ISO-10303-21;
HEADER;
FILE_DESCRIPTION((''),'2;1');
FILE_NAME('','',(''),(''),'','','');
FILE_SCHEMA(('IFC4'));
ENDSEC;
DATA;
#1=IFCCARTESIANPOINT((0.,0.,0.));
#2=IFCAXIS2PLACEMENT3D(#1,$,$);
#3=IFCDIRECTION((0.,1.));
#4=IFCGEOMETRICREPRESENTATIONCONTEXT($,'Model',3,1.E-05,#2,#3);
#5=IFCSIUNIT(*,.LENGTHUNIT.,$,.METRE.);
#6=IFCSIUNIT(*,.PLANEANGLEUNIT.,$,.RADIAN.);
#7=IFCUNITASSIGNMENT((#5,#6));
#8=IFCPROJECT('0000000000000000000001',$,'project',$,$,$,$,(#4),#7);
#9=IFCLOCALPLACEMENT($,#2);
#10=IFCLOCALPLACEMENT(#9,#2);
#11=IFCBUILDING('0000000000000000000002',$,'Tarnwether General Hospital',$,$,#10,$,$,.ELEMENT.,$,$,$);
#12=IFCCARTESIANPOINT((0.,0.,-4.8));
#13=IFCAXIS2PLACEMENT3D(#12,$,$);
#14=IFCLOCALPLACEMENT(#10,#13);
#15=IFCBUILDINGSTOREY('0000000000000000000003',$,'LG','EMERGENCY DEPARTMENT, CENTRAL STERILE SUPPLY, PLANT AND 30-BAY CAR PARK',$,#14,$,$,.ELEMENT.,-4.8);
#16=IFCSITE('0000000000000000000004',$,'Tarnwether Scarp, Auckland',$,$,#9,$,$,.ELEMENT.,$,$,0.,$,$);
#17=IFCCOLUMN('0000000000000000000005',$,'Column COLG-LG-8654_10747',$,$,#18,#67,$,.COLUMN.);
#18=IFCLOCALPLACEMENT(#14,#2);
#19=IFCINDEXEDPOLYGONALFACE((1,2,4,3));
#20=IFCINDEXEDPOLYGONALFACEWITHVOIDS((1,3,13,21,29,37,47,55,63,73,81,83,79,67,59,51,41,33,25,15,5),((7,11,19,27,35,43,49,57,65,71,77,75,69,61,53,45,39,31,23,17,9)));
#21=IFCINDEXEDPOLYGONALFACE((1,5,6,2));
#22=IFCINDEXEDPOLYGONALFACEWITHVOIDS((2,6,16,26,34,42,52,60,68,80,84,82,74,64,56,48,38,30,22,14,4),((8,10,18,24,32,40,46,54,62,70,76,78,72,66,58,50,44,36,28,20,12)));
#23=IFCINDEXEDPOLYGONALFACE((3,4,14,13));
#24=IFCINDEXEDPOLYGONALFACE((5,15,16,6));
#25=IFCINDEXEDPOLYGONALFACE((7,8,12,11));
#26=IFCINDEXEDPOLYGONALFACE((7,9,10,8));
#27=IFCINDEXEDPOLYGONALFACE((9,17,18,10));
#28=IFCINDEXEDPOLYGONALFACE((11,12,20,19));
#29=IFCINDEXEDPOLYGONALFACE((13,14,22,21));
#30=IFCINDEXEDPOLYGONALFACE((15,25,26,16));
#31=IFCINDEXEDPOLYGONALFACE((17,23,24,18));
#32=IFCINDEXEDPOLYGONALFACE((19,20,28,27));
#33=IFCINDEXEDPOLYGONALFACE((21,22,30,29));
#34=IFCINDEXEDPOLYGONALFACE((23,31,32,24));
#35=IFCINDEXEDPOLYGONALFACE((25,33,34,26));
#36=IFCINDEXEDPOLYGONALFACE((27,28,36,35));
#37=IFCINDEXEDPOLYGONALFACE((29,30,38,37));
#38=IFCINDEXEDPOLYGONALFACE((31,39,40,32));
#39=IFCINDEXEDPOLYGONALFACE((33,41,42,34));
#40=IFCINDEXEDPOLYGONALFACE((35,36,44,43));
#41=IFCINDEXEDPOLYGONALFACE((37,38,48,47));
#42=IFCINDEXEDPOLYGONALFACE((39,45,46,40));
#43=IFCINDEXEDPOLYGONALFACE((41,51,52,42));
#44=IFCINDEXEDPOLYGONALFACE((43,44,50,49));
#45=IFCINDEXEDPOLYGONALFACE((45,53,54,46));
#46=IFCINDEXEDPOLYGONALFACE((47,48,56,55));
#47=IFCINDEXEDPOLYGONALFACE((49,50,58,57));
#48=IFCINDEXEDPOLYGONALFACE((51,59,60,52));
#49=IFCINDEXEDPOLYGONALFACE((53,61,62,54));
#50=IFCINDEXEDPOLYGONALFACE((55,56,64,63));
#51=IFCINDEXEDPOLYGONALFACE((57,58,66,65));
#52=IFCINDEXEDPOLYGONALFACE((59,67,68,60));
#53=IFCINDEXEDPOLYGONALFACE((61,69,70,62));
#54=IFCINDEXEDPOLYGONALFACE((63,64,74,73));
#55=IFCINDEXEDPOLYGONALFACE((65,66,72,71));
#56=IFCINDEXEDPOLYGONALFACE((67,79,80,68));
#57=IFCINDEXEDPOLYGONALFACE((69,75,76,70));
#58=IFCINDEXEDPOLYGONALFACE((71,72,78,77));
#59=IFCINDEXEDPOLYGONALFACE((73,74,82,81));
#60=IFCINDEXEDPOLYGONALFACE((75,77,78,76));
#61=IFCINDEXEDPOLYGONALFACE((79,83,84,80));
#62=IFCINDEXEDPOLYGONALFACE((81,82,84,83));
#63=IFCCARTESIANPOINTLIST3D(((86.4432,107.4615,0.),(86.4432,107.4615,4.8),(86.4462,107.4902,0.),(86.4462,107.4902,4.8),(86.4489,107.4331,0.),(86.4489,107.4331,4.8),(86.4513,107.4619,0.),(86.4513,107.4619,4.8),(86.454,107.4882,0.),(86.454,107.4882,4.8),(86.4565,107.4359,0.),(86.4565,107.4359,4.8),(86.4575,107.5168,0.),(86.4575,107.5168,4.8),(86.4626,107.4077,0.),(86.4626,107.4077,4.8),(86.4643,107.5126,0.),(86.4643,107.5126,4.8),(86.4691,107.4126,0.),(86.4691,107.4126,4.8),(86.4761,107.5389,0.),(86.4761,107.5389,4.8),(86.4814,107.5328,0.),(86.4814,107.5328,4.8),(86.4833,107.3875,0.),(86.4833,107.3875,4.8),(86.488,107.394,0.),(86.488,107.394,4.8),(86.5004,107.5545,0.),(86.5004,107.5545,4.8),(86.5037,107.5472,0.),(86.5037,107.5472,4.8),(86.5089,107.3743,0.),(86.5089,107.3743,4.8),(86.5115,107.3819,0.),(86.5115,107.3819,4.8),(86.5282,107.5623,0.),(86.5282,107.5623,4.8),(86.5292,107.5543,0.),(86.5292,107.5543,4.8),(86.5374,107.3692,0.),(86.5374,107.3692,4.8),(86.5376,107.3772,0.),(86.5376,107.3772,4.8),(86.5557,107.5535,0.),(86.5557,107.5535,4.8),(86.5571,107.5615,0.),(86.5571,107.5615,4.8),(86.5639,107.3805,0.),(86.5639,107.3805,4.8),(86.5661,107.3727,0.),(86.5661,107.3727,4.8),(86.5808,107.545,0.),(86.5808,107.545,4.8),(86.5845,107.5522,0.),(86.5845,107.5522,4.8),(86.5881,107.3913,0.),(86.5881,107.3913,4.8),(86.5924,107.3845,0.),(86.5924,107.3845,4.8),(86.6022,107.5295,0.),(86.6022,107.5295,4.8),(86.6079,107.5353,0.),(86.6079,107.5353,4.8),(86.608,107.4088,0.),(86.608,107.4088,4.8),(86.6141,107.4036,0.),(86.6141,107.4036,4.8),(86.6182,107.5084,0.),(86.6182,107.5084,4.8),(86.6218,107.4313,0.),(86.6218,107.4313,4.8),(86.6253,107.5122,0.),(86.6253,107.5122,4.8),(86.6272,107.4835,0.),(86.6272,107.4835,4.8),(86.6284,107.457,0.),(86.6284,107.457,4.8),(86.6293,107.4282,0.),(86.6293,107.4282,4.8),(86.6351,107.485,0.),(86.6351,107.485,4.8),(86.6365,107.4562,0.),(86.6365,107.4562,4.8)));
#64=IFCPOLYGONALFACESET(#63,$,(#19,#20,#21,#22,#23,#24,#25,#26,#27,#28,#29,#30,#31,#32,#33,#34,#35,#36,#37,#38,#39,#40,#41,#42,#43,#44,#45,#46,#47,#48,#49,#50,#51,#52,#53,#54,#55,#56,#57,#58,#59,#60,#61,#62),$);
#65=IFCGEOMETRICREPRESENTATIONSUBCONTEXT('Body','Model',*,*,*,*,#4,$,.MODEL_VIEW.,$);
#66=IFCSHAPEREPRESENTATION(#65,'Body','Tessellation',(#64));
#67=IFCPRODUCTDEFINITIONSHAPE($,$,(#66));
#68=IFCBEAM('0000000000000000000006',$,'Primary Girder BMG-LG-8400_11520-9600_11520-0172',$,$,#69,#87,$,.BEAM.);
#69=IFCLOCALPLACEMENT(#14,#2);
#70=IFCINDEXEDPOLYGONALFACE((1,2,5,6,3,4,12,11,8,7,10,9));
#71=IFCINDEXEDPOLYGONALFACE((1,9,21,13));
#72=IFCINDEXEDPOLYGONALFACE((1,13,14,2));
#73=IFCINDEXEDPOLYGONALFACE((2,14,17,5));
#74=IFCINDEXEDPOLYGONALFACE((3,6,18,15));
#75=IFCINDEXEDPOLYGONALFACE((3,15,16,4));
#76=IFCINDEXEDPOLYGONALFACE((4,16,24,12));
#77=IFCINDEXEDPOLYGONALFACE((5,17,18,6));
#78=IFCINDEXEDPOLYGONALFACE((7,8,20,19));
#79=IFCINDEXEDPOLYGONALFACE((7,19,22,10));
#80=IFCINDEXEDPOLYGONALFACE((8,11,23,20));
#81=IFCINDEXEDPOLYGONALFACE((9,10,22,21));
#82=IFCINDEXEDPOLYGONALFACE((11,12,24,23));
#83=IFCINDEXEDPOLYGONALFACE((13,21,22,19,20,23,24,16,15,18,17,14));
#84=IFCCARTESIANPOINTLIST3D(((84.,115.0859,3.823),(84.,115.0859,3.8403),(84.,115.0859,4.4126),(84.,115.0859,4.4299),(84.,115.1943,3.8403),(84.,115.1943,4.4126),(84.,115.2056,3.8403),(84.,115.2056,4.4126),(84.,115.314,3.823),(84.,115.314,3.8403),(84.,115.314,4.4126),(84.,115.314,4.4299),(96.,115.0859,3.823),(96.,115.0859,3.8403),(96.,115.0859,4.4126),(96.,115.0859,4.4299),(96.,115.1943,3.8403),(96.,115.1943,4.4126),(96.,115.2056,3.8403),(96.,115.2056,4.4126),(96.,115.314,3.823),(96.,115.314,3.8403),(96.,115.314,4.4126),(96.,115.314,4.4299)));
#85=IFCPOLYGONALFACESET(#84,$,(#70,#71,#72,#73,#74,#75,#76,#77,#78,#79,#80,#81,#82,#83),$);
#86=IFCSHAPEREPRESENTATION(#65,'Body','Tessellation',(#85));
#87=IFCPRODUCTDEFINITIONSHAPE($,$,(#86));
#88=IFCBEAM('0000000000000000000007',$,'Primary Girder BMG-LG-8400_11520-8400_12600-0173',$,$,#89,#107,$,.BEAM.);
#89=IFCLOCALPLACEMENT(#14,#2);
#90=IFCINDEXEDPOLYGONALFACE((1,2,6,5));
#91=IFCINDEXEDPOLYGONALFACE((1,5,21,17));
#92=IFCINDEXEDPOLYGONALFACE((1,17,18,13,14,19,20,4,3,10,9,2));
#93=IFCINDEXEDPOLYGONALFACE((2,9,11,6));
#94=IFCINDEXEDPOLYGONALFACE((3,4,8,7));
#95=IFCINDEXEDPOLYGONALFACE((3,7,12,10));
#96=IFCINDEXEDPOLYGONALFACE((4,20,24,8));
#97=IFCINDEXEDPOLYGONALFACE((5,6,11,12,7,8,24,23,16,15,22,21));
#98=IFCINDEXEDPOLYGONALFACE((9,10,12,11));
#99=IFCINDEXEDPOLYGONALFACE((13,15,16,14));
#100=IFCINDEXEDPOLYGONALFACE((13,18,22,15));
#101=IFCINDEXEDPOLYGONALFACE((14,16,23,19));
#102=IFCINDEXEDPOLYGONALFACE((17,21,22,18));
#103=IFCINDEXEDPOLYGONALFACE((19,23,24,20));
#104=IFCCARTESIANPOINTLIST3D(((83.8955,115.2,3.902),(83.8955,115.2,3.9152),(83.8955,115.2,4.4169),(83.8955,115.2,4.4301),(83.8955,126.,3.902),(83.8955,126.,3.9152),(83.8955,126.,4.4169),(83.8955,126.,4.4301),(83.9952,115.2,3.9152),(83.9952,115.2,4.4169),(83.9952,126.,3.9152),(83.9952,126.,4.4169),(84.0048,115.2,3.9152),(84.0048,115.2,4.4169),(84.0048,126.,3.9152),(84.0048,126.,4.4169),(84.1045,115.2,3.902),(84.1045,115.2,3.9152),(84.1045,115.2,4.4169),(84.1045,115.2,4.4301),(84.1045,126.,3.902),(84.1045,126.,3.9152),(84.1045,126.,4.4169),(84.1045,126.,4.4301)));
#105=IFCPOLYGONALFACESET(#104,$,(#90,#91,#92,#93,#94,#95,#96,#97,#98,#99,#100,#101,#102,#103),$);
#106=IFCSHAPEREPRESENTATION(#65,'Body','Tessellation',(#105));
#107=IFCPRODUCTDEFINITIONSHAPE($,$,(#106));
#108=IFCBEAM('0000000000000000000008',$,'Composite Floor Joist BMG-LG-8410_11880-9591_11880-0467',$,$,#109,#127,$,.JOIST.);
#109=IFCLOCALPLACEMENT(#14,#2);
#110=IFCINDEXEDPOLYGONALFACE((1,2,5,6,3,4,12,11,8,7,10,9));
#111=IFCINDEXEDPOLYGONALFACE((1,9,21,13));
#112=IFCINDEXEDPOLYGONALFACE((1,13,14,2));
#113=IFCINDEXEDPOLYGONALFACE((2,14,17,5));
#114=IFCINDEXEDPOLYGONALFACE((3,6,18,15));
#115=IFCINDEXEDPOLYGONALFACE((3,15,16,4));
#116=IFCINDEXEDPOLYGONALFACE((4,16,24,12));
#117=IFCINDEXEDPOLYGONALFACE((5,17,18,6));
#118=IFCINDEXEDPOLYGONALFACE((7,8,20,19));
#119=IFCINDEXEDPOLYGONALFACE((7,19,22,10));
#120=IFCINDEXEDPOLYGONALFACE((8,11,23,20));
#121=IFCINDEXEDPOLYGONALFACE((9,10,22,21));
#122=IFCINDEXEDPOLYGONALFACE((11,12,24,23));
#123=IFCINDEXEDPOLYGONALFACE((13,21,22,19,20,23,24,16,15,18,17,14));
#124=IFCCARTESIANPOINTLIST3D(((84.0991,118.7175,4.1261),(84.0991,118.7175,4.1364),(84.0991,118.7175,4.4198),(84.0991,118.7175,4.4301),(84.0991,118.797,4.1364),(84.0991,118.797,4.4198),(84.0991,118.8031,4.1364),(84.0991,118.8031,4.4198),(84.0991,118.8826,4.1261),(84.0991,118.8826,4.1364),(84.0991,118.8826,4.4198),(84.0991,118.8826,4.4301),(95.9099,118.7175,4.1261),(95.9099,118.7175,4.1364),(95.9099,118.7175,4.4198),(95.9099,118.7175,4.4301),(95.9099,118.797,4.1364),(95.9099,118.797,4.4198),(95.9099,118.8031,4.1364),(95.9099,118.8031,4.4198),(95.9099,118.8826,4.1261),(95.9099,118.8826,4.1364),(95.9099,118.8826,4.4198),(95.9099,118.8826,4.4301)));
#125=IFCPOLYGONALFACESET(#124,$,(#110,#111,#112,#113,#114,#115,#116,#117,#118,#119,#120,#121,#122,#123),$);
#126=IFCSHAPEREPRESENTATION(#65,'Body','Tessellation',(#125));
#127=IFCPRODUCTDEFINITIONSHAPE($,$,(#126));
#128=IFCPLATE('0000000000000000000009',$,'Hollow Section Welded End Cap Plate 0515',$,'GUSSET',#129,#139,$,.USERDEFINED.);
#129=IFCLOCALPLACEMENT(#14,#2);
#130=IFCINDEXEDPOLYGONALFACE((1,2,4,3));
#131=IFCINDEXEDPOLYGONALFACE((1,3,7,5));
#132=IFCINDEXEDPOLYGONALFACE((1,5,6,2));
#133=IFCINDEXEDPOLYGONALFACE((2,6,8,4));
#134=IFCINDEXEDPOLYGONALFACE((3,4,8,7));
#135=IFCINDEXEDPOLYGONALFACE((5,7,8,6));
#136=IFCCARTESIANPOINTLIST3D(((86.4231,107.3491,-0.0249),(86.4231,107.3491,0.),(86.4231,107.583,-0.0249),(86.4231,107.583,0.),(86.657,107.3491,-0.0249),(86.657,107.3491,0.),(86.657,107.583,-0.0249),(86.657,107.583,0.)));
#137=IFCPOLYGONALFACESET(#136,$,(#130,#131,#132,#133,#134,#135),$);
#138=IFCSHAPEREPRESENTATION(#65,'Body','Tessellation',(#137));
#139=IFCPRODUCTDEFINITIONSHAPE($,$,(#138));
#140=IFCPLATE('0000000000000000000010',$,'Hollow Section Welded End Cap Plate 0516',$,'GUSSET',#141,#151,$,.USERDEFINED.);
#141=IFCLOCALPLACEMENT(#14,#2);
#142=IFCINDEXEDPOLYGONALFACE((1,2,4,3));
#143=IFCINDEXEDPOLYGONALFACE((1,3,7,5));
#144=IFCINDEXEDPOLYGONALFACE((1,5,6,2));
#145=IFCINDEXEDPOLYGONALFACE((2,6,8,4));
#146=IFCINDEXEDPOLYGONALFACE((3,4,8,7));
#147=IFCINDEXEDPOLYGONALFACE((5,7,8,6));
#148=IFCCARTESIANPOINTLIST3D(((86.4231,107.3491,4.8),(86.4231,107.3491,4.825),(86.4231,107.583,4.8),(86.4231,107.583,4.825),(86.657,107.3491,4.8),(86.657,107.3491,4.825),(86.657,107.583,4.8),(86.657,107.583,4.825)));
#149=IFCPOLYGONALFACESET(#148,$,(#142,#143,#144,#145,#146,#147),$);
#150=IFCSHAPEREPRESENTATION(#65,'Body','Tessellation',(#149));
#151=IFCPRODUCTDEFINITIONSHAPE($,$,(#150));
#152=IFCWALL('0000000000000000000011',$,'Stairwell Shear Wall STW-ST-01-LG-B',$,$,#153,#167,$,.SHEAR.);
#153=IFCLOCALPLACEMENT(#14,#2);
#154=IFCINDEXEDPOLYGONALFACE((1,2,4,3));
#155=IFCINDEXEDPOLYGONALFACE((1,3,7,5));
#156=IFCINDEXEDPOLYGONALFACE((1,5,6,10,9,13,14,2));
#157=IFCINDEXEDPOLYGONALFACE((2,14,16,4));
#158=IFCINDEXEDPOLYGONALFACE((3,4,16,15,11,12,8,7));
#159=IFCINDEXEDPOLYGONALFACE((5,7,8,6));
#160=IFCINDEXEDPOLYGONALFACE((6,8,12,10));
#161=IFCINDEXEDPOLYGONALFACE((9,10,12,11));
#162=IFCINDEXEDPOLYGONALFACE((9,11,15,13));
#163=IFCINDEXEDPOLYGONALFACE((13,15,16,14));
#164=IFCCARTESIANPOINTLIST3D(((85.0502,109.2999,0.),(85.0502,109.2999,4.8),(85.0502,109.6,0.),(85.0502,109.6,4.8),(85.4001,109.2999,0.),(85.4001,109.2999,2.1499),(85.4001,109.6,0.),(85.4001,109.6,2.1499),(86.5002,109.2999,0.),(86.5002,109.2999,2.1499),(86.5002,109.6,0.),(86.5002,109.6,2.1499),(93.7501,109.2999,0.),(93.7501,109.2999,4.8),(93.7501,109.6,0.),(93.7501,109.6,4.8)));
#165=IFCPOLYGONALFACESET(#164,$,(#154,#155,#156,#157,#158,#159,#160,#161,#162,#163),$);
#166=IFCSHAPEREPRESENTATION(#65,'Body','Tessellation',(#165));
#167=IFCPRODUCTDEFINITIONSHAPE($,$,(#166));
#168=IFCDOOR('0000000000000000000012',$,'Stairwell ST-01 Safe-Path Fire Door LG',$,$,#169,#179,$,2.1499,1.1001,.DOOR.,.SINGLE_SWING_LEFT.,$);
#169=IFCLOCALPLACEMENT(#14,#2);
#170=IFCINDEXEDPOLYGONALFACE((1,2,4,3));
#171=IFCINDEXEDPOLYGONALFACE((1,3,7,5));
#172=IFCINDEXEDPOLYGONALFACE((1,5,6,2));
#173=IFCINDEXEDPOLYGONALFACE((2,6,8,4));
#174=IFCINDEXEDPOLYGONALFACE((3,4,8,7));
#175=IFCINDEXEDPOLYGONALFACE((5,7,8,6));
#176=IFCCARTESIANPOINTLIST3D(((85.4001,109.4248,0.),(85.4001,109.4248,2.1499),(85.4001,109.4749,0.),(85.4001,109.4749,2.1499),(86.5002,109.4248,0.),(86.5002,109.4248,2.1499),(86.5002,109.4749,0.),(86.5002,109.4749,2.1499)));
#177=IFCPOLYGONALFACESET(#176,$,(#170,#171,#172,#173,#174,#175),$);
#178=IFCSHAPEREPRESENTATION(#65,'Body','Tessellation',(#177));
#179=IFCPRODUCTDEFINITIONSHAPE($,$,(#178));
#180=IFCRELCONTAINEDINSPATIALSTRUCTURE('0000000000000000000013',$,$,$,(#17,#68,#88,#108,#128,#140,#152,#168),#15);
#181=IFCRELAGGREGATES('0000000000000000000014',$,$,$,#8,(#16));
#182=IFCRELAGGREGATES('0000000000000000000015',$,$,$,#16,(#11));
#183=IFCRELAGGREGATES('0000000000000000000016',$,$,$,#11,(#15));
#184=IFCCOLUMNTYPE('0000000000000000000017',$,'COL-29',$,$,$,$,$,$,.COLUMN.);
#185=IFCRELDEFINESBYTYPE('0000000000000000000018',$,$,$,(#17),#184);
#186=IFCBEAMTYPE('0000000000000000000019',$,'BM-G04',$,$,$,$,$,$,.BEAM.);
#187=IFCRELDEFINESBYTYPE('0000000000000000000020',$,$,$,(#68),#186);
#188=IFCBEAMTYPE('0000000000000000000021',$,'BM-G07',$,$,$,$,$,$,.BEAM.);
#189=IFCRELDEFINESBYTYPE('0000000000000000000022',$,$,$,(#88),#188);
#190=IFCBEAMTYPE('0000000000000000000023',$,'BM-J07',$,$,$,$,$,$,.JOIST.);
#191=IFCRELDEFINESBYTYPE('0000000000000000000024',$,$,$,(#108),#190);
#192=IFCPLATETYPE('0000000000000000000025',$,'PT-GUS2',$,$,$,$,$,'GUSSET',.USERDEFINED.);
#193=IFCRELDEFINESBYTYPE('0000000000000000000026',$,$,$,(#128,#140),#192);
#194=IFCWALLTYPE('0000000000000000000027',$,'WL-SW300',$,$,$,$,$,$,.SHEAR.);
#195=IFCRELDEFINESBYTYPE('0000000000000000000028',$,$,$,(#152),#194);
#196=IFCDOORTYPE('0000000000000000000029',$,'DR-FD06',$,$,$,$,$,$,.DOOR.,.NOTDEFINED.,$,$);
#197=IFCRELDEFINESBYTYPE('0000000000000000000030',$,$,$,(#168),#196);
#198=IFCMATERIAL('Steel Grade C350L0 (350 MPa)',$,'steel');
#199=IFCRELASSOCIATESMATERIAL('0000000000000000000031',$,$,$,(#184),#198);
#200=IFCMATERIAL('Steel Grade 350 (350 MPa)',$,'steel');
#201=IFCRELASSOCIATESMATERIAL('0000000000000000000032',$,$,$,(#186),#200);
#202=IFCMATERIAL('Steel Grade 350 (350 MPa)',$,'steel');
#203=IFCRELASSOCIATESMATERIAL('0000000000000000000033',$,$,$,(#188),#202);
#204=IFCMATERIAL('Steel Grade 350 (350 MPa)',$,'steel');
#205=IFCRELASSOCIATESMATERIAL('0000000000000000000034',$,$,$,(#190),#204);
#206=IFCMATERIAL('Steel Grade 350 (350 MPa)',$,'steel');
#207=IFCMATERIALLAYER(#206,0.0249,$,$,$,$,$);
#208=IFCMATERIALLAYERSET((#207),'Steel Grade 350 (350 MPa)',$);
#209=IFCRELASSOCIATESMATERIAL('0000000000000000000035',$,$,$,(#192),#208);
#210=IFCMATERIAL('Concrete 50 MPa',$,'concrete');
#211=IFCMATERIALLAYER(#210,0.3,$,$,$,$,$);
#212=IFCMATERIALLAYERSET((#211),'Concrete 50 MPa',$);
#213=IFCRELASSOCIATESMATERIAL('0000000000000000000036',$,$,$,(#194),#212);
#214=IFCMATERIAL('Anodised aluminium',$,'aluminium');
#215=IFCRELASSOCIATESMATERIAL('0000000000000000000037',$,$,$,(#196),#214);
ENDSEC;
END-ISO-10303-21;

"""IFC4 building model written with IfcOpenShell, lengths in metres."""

from ifc_helpers import new_model, si_unit, direction, frame, frame_2d, origin, origin_2d, place, context, subcontext, project, spatial, rectangle, hollow_circle, i_section, extrude, material, layer, layer_set, material_profile, profile_set, type_object, element, fill, save


model = new_model("IFC4")

# Units and contexts
model_context = context("Model", 3, precision=1e-05, world=origin(), true_north=direction((0.0, 1.0)))
body_context = subcontext(model_context, "Body", "Model", "MODEL_VIEW")
ifc_project = project(units=[si_unit("LENGTHUNIT", "METRE"), si_unit("PLANEANGLEUNIT", "RADIAN")], contexts=[model_context])

# Site, building, storey
site_placement = place(None, origin())
site = spatial("IfcSite", under=ifc_project, at=site_placement, Name="Tarnwether Scarp, Auckland", CompositionType="ELEMENT", RefElevation=0.0)
building_placement = place(site_placement, origin())
building = spatial("IfcBuilding", under=site, at=building_placement, Name="Tarnwether General Hospital", CompositionType="ELEMENT")
storey_placement = place(building_placement, frame((0.0, 0.0, -4.8)))
storey = spatial("IfcBuildingStorey", under=building, at=storey_placement, Name="LG", Description="EMERGENCY DEPARTMENT, CENTRAL STERILE SUPPLY, PLANT AND 30-BAY CAR PARK", CompositionType="ELEMENT", Elevation=-4.8)

# Column
ifc_material_1 = material(Name="Steel Grade C350L0 (350 MPa)", Category="steel")
ifc_material_profile_1 = material_profile(ifc_material_1, hollow_circle(Radius=0.0969, WallThickness=0.0081, at=origin_2d()), Name="CHS193.7x8.0")
ifc_profile_set_1 = profile_set([ifc_material_profile_1], Name="Steel Grade C350L0 (350 MPa)")
column_type = type_object("IfcColumnType", Name="COL-29", PredefinedType="COLUMN", material=ifc_profile_set_1)
column_placement = place(storey_placement, frame((86.54, 107.4661, 0.0), z_axis=(0.0, 0.0, 1.0), x_axis=(-0.121869, 0.992546, 0.0)))
element("IfcColumn", 1, at=column_placement, inside=storey, type_object=column_type, Name="Column COLG-LG-8654_10747", PredefinedType="COLUMN", context=body_context, shape_type="SweptSolid", body=[
    extrude(hollow_circle(Radius=0.0969, WallThickness=0.0081, at=origin_2d()), origin(), (0.0, 0.0, 1.0), 4.8),
])

# Beams
ifc_material_2 = material(Name="Steel Grade 350 (350 MPa)", Category="steel")
ifc_material_profile_2 = material_profile(ifc_material_2, i_section(OverallWidth=0.228, OverallDepth=0.6069, WebThickness=0.0112, FlangeThickness=0.0173, at=origin_2d()), Name="610UB113")
ifc_profile_set_2 = profile_set([ifc_material_profile_2], Name="Steel Grade 350 (350 MPa)")
beam_type_1 = type_object("IfcBeamType", Name="BM-G04", PredefinedType="BEAM", material=ifc_profile_set_2)
beam_1_placement = place(storey_placement, frame((84.0, 115.2, 4.1265), z_axis=(1.0, 0.0, 0.0), x_axis=(0.0, 1.0, 0.0)))
element("IfcBeam", 2, at=beam_1_placement, inside=storey, type_object=beam_type_1, Name="Primary Girder BMG-LG-8400_11520-9600_11520-0172", PredefinedType="BEAM", context=body_context, shape_type="SweptSolid", body=[
    extrude(i_section(OverallWidth=0.228, OverallDepth=0.6069, WebThickness=0.0112, FlangeThickness=0.0173, at=origin_2d()), origin(), (0.0, 0.0, 1.0), 12.0),
])
ifc_material_3 = material(Name="Steel Grade 350 (350 MPa)", Category="steel")
ifc_material_profile_3 = material_profile(ifc_material_3, i_section(OverallWidth=0.209, OverallDepth=0.5281, WebThickness=0.0095, FlangeThickness=0.0132, at=origin_2d()), Name="530UB82.0")
ifc_profile_set_3 = profile_set([ifc_material_profile_3], Name="Steel Grade 350 (350 MPa)")
beam_type_2 = type_object("IfcBeamType", Name="BM-G07", PredefinedType="BEAM", material=ifc_profile_set_3)
beam_2_placement = place(storey_placement, frame((84.0, 115.2, 4.166), z_axis=(0.0, 1.0, 0.0), x_axis=(-1.0, 0.0, 0.0)))
element("IfcBeam", 3, at=beam_2_placement, inside=storey, type_object=beam_type_2, Name="Primary Girder BMG-LG-8400_11520-8400_12600-0173", PredefinedType="BEAM", context=body_context, shape_type="SweptSolid", body=[
    extrude(i_section(OverallWidth=0.209, OverallDepth=0.5281, WebThickness=0.0095, FlangeThickness=0.0132, at=origin_2d()), origin(), (0.0, 0.0, 1.0), 10.8),
])
ifc_material_4 = material(Name="Steel Grade 350 (350 MPa)", Category="steel")
ifc_material_profile_4 = material_profile(ifc_material_4, i_section(OverallWidth=0.165, OverallDepth=0.304, WebThickness=0.0061, FlangeThickness=0.0103, at=origin_2d()), Name="310UB40.4")
ifc_profile_set_4 = profile_set([ifc_material_profile_4], Name="Steel Grade 350 (350 MPa)")
beam_type_3 = type_object("IfcBeamType", Name="BM-J07", PredefinedType="JOIST", material=ifc_profile_set_4)
beam_3_placement = place(storey_placement, frame((84.0991, 118.8, 4.2781), z_axis=(1.0, 0.0, 0.0), x_axis=(0.0, 1.0, 0.0)))
element("IfcBeam", 4, at=beam_3_placement, inside=storey, type_object=beam_type_3, Name="Composite Floor Joist BMG-LG-8410_11880-9591_11880-0467", PredefinedType="JOIST", context=body_context, shape_type="SweptSolid", body=[
    extrude(i_section(OverallWidth=0.165, OverallDepth=0.304, WebThickness=0.0061, FlangeThickness=0.0103, at=origin_2d()), origin(), (0.0, 0.0, 1.0), 11.8108),
])

# Plates
ifc_material_5 = material(Name="Steel Grade 350 (350 MPa)", Category="steel")
ifc_layer_1 = layer(ifc_material_5, 0.0249)
ifc_layer_set_1 = layer_set([ifc_layer_1], Name="Steel Grade 350 (350 MPa)")
plate_type = type_object("IfcPlateType", Name="PT-GUS2", ElementType="GUSSET", PredefinedType="USERDEFINED", material=ifc_layer_set_1)
for number, where, z_axis, x_axis, name in (
    (5, (86.54, 107.4661, -0.0249), (0.0, 0.0, 1.0), (1.0, 0.0, 0.0), "Hollow Section Welded End Cap Plate 0515"),
    (6, (86.54, 107.4661, 4.8), (0.0, 0.0, 1.0), (1.0, 0.0, 0.0), "Hollow Section Welded End Cap Plate 0516"),
):
    element("IfcPlate", number, at=place(storey_placement, frame(where, z_axis=z_axis, x_axis=x_axis)), inside=storey, type_object=plate_type, Name=name, ObjectType="GUSSET", PredefinedType="USERDEFINED", context=body_context, shape_type="SweptSolid", body=[
        extrude(rectangle(XDim=0.2339, YDim=0.2339, at=origin_2d()), origin(), (0.0, 0.0, 1.0), 0.0249),
    ])

# Wall, opening, door
ifc_material_6 = material(Name="Concrete 50 MPa", Category="concrete")
ifc_layer_2 = layer(ifc_material_6, 0.3)
ifc_layer_set_2 = layer_set([ifc_layer_2], Name="Concrete 50 MPa")
wall_type_1 = type_object("IfcWallType", Name="WL-SW300", PredefinedType="SHEAR", material=ifc_layer_set_2)
wall_1_placement = place(storey_placement, frame((85.05, 109.45, 0.0), z_axis=(0.0, 0.0, 1.0), x_axis=(1.0, 0.0, 0.0)))
wall_1 = element("IfcWall", 7, at=wall_1_placement, inside=storey, type_object=wall_type_1, Name="Stairwell Shear Wall STW-ST-01-LG-B", PredefinedType="SHEAR", context=body_context, shape_type="SweptSolid", body=[
    extrude(rectangle(XDim=8.7, YDim=0.3, at=frame_2d((4.3501, 0.0))), origin(), (0.0, 0.0, 1.0), 4.8),
])
opening_placement = place(wall_1_placement, frame((0.3501, 0.0, 0.0)))
opening = element("IfcOpeningElement", 8, at=opening_placement, cuts=wall_1, PredefinedType="OPENING", context=body_context, shape_type="SweptSolid", body=[
    extrude(rectangle(XDim=1.1001, YDim=2.1499, at=frame_2d((0.55, 1.075))), frame((0.0, 0.1602, 0.0), z_axis=(0.0, -1.0, 0.0), x_axis=(1.0, 0.0, 0.0)), (0.0, 0.0, 1.0), 0.3201),
])
ifc_material_7 = material(Name="Anodised aluminium", Category="aluminium")
door_type = type_object("IfcDoorType", Name="DR-FD06", OperationType="NOTDEFINED", PredefinedType="DOOR", material=ifc_material_7)
door_placement = place(opening_placement, origin())
door = element("IfcDoor", 9, at=door_placement, inside=storey, type_object=door_type, Name="Stairwell ST-01 Safe-Path Fire Door LG", OperationType="SINGLE_SWING_LEFT", OverallHeight=2.1499, OverallWidth=1.1001, PredefinedType="DOOR", context=body_context, shape_type="SweptSolid", body=[
    extrude(rectangle(XDim=1.1001, YDim=2.1499, at=frame_2d((0.55, 1.075))), frame((0.0, 0.0249, 0.0), z_axis=(0.0, -1.0, 0.0), x_axis=(1.0, 0.0, 0.0)), (0.0, 0.0, 1.0), 0.05),
])
fill(opening, door)

save(model, "model.ifc")
